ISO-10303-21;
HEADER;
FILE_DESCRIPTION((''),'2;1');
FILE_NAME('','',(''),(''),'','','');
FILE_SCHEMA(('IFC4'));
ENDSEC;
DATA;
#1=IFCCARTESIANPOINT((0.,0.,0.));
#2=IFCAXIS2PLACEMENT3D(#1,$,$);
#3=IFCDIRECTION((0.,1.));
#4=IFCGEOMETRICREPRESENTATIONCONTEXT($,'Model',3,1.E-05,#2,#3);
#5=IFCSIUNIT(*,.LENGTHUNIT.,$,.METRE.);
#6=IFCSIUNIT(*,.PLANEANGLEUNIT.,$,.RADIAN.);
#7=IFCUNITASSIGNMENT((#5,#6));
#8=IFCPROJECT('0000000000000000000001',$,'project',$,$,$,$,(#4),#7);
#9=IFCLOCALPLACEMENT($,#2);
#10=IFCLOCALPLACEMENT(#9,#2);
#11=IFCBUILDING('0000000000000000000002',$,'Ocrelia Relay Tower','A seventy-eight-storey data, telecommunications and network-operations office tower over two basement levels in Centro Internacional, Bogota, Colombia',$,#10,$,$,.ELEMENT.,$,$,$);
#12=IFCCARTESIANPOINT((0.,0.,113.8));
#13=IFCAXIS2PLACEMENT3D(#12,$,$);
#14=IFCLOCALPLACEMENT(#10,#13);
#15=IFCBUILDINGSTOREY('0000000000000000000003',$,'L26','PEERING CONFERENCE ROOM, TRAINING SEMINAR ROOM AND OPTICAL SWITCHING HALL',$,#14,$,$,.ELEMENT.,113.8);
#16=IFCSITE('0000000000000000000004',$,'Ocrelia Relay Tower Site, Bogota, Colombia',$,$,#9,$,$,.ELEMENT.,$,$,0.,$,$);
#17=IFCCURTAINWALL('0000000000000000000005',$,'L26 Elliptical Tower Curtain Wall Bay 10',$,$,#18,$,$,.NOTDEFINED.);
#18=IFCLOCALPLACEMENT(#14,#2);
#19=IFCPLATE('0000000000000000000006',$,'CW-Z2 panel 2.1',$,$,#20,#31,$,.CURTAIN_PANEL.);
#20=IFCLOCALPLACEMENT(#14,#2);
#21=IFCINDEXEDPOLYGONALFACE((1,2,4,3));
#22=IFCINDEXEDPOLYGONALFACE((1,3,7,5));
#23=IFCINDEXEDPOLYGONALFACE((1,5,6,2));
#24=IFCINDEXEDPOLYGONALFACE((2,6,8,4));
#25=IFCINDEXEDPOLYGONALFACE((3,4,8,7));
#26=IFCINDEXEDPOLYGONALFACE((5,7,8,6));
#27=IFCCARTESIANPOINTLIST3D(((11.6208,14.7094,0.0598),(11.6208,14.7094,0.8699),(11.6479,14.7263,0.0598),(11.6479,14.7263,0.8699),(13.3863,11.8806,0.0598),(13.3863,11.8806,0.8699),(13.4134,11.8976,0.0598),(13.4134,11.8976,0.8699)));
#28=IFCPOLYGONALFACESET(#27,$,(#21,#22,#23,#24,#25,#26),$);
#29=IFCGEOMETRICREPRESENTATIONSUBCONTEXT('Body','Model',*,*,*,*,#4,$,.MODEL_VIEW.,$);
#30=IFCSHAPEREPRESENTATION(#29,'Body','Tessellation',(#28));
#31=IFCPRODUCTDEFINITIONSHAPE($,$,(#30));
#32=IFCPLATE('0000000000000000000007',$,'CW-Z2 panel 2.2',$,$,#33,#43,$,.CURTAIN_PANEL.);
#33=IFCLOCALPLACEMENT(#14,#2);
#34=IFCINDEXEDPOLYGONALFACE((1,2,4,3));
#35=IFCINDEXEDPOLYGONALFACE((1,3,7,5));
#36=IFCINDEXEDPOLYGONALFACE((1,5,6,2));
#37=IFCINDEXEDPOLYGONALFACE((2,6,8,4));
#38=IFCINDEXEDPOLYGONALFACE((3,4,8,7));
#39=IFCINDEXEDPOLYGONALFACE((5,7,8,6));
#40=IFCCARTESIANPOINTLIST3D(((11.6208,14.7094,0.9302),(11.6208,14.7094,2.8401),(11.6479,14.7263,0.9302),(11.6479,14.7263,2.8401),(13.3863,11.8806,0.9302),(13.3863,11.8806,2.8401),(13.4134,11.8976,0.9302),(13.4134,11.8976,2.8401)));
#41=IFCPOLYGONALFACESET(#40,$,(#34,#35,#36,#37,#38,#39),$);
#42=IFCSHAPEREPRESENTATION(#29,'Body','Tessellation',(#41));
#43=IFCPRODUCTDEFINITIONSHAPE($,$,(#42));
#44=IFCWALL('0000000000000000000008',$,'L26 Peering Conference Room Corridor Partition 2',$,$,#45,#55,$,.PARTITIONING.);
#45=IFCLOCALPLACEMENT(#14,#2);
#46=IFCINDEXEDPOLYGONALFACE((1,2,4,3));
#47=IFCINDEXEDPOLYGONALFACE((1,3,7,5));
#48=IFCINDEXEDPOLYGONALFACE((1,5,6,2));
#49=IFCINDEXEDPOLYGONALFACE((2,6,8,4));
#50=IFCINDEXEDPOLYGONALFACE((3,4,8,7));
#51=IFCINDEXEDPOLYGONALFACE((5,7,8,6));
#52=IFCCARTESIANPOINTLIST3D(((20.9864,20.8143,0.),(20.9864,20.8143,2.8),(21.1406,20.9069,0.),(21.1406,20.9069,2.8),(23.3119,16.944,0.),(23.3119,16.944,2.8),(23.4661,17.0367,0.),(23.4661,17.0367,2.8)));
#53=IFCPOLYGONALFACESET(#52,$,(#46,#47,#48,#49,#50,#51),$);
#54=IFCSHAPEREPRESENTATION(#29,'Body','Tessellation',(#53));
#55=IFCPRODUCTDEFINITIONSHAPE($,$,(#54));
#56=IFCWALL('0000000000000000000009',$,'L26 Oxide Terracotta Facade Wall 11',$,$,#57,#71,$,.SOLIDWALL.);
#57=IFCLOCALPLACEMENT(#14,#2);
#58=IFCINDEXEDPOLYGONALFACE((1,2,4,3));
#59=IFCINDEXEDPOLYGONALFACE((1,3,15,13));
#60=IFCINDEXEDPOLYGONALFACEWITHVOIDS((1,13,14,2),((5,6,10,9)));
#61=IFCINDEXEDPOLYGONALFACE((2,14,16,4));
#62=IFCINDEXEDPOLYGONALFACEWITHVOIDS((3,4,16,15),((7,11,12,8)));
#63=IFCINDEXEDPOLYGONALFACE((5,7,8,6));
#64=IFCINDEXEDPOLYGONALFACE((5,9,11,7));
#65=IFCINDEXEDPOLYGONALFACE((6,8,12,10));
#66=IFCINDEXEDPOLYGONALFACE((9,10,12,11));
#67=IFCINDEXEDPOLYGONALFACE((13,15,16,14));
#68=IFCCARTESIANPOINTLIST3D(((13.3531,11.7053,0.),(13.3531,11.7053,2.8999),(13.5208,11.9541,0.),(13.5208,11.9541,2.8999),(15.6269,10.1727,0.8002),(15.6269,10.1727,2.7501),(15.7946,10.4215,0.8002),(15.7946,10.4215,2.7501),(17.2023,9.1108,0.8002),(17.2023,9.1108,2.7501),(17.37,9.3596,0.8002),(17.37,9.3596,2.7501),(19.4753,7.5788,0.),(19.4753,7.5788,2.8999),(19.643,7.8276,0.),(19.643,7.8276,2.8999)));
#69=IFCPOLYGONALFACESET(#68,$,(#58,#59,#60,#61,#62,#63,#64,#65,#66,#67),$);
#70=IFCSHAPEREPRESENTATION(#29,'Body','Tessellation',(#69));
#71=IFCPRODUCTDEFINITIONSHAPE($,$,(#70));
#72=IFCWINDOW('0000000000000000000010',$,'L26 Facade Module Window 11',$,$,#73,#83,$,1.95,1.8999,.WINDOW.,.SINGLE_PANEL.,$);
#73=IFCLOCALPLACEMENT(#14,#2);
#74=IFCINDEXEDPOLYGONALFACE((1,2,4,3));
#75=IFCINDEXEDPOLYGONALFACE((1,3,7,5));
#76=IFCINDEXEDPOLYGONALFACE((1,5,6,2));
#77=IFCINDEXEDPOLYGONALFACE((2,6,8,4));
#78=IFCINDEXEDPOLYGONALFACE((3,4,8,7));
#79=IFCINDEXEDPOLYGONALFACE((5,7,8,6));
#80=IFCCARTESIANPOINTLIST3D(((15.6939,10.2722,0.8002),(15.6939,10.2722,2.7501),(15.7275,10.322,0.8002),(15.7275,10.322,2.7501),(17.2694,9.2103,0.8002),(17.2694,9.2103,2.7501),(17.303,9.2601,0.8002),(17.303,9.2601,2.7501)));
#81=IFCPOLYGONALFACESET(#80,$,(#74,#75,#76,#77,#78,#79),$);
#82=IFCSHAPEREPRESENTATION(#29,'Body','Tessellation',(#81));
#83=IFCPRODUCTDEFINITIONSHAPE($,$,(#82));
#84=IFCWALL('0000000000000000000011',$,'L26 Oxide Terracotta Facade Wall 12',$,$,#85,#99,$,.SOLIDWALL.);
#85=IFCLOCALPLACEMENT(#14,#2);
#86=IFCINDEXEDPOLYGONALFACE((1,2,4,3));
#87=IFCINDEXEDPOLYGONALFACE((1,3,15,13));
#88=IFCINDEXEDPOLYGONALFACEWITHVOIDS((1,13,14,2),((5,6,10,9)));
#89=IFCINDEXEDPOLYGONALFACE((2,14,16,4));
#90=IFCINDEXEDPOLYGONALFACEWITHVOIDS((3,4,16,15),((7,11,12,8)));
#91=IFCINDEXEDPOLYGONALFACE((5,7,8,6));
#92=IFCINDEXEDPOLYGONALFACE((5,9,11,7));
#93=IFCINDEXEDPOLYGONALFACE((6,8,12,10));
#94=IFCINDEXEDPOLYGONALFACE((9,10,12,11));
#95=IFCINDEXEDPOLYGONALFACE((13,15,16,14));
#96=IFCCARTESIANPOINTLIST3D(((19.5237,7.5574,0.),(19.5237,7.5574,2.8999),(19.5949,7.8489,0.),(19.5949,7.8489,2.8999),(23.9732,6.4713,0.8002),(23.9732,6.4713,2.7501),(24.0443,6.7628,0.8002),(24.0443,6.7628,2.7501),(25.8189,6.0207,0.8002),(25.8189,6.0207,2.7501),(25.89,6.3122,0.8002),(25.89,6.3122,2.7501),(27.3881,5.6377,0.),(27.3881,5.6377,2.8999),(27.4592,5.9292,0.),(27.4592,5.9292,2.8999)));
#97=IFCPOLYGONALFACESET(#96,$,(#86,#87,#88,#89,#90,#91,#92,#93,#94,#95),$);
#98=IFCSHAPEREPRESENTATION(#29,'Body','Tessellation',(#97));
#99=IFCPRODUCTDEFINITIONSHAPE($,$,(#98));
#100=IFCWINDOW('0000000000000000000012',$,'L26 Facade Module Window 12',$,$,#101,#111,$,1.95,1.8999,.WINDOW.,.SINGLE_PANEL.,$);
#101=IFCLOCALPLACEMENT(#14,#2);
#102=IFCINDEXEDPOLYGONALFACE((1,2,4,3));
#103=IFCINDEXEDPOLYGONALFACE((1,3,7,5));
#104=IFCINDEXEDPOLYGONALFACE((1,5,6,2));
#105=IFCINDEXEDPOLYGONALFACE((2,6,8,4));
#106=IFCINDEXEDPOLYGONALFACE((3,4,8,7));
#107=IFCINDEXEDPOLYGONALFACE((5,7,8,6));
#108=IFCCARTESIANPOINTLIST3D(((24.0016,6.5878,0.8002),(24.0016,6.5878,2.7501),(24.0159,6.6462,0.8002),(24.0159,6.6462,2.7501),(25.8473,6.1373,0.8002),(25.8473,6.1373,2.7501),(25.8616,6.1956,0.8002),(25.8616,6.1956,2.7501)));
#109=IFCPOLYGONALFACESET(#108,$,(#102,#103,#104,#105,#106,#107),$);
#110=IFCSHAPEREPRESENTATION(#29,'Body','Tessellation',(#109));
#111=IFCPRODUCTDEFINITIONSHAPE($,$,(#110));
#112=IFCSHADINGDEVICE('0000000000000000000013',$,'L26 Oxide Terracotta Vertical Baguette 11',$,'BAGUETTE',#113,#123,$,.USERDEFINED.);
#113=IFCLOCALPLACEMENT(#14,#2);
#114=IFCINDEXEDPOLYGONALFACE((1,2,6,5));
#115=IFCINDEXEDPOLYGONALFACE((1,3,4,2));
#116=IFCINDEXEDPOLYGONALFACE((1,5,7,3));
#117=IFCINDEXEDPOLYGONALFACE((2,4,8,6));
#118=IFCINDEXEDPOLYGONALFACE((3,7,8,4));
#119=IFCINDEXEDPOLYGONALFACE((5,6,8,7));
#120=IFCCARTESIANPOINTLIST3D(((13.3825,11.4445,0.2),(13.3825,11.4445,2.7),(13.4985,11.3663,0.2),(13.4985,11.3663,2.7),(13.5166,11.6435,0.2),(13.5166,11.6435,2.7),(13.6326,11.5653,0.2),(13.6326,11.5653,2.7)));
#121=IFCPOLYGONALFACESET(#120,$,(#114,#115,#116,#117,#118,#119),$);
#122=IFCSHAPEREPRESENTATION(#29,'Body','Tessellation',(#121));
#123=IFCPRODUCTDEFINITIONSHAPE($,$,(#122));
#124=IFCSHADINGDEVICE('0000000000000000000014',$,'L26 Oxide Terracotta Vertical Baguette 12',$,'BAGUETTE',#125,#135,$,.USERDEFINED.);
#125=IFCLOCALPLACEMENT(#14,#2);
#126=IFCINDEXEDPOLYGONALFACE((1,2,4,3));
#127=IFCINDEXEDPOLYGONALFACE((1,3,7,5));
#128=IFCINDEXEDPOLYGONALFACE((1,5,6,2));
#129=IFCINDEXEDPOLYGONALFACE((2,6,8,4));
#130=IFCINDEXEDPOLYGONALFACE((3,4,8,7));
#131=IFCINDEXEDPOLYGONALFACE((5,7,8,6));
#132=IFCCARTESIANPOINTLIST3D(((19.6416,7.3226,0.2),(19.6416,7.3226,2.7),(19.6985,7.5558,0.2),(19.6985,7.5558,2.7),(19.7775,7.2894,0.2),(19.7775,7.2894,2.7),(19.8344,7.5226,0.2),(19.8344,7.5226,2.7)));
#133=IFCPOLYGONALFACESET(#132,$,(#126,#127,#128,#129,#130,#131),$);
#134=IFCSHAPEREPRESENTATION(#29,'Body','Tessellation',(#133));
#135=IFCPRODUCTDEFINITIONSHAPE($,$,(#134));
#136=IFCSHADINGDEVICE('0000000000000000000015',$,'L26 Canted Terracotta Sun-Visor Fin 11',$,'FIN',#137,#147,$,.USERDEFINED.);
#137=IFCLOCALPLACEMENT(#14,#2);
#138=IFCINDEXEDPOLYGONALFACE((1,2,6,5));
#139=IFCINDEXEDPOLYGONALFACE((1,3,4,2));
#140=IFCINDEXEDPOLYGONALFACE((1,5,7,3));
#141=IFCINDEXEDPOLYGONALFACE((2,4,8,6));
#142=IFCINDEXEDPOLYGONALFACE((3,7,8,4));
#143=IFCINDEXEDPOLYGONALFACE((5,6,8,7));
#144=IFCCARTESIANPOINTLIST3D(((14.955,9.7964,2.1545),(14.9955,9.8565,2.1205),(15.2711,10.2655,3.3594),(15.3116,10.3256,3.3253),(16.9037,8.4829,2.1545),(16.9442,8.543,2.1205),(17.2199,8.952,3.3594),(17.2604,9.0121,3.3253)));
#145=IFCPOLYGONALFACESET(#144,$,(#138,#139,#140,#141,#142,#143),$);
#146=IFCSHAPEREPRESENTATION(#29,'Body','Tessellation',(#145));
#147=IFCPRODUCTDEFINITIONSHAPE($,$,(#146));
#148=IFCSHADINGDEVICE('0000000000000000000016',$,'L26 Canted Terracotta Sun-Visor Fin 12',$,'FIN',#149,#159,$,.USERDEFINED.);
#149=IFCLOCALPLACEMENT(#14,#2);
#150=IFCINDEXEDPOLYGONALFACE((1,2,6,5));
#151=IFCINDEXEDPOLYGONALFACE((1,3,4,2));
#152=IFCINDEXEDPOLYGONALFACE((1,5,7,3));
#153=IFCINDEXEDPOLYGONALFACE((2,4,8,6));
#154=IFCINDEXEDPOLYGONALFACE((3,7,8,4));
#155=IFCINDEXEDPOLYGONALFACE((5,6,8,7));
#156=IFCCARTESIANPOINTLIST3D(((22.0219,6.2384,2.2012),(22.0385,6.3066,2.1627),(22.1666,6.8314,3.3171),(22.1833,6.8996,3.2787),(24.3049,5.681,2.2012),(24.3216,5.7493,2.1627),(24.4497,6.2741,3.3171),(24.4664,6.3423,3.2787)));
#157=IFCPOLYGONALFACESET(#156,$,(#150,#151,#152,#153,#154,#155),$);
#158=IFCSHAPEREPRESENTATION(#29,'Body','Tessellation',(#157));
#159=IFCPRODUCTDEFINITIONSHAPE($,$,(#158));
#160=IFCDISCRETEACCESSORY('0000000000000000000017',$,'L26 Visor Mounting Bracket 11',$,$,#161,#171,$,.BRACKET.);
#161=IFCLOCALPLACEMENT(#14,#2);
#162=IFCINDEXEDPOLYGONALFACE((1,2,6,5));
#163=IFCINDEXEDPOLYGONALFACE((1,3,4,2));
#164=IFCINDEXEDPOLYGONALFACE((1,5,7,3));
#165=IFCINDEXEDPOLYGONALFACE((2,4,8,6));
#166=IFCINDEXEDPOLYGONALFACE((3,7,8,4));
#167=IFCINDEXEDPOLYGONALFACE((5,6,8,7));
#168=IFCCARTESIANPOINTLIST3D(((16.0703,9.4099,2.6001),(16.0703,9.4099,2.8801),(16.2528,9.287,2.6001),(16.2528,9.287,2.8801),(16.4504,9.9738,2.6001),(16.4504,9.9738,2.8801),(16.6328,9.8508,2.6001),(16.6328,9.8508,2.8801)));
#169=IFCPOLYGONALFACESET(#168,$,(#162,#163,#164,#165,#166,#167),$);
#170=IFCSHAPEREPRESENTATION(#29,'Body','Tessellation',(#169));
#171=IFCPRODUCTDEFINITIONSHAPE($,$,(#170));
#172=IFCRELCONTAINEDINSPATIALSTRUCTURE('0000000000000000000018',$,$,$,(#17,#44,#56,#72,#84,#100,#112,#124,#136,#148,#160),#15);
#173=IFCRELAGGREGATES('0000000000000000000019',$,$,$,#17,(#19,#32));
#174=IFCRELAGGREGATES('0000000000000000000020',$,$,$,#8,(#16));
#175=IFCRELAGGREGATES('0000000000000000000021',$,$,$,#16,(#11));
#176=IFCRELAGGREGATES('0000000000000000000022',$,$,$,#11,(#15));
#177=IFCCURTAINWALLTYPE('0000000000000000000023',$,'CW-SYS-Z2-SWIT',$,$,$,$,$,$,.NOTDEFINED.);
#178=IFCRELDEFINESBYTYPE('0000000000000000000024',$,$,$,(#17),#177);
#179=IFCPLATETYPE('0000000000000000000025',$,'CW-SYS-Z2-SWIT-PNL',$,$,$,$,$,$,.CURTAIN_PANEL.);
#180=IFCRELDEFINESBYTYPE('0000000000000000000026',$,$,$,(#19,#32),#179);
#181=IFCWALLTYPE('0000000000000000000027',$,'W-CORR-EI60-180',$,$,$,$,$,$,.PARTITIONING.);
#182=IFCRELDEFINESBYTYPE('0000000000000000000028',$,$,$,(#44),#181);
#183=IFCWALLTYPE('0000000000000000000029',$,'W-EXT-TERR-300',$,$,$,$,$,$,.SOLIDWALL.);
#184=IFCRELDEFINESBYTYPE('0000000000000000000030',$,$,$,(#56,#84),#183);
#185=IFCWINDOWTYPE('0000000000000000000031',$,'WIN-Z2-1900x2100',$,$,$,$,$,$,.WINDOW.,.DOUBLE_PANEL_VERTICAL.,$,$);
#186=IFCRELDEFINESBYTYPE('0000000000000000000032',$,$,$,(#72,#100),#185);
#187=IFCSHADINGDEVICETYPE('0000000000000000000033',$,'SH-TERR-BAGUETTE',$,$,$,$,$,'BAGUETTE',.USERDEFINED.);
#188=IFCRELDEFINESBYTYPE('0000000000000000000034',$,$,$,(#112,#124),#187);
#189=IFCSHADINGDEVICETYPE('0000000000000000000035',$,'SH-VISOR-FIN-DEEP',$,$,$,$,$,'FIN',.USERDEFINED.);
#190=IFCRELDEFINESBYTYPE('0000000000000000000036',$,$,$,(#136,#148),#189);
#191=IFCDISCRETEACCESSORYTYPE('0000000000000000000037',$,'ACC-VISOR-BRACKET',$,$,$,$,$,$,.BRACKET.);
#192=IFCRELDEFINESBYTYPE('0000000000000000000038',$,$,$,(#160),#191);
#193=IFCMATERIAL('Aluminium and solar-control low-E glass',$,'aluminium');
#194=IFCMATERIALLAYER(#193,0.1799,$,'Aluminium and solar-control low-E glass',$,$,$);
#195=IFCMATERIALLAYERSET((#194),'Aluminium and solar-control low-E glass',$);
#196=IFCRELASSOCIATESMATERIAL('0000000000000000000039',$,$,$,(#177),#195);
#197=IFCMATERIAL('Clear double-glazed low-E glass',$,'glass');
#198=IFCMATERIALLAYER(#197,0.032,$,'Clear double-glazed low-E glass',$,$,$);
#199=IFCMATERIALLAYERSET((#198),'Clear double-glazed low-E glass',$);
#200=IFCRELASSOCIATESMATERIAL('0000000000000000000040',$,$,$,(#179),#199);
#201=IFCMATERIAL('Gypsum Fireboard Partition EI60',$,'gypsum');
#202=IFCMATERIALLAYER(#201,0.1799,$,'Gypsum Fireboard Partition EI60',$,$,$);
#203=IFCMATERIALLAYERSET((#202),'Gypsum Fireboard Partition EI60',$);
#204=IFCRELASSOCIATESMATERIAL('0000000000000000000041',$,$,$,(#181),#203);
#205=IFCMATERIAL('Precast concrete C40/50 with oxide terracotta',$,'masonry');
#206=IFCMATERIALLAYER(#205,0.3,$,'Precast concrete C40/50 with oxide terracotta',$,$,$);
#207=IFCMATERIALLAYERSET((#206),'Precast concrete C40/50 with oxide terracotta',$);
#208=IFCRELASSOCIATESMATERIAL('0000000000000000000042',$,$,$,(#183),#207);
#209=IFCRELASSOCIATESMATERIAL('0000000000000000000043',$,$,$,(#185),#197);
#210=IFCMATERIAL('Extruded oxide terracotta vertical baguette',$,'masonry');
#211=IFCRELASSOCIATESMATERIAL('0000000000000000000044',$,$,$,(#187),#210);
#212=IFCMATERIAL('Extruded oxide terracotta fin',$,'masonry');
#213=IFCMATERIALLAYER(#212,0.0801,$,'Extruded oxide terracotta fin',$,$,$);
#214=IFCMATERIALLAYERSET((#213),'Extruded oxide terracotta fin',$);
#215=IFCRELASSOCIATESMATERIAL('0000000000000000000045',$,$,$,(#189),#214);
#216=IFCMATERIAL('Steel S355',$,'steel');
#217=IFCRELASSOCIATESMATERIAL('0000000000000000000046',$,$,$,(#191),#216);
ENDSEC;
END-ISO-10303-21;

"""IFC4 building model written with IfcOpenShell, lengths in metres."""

from ifc_helpers import new_model, si_unit, direction, frame, frame_2d, origin, origin_2d, place, context, subcontext, project, spatial, rectangle, extrude, material, layer, layer_set, type_object, element, fill, aggregate, save


model = new_model("IFC4")

# Units and contexts
model_context = context("Model", 3, precision=1e-05, world=origin(), true_north=direction((0.0, 1.0)))
body_context = subcontext(model_context, "Body", "Model", "MODEL_VIEW")
ifc_project = project(units=[si_unit("LENGTHUNIT", "METRE"), si_unit("PLANEANGLEUNIT", "RADIAN")], contexts=[model_context])

# Site, building, storey
site_placement = place(None, origin())
site = spatial("IfcSite", under=ifc_project, at=site_placement, Name="Ocrelia Relay Tower Site, Bogota, Colombia", CompositionType="ELEMENT", RefElevation=0.0)
building_placement = place(site_placement, origin())
building = spatial("IfcBuilding", under=site, at=building_placement, Name="Ocrelia Relay Tower", Description="A seventy-eight-storey data, telecommunications and network-operations office tower over two basement levels in Centro Internacional, Bogota, Colombia", CompositionType="ELEMENT")
storey_placement = place(building_placement, frame((0.0, 0.0, 113.8)))
storey = spatial("IfcBuildingStorey", under=building, at=storey_placement, Name="L26", Description="PEERING CONFERENCE ROOM, TRAINING SEMINAR ROOM AND OPTICAL SWITCHING HALL", CompositionType="ELEMENT", Elevation=113.8)

# Shared definitions
ifc_material_1 = material(Name="Steel S355", Category="steel")

# Curtain wall, plates
ifc_material_2 = material(Name="Aluminium and solar-control low-E glass", Category="aluminium")
ifc_layer_1 = layer(ifc_material_2, 0.1799, Name="Aluminium and solar-control low-E glass")
ifc_layer_set_1 = layer_set([ifc_layer_1], Name="Aluminium and solar-control low-E glass")
curtain_wall_type = type_object("IfcCurtainWallType", Name="CW-SYS-Z2-SWIT", PredefinedType="NOTDEFINED", material=ifc_layer_set_1)
curtain_wall_placement = place(storey_placement, origin())
curtain_wall = element("IfcCurtainWall", 1, at=curtain_wall_placement, inside=storey, type_object=curtain_wall_type, Name="L26 Elliptical Tower Curtain Wall Bay 10", PredefinedType="NOTDEFINED")
ifc_material_3 = material(Name="Clear double-glazed low-E glass", Category="glass")
ifc_layer_2 = layer(ifc_material_3, 0.032, Name="Clear double-glazed low-E glass")
ifc_layer_set_2 = layer_set([ifc_layer_2], Name="Clear double-glazed low-E glass")
plate_type = type_object("IfcPlateType", Name="CW-SYS-Z2-SWIT-PNL", PredefinedType="CURTAIN_PANEL", material=ifc_layer_set_2)
plate_1_placement = place(storey_placement, frame((12.5171, 13.3035, 0.0598), z_axis=(0.0, 0.0, 1.0), x_axis=(0.529468, -0.84833, 0.0)))
plate_1 = element("IfcPlate", 2, at=plate_1_placement, type_object=plate_type, Name="CW-Z2 panel 2.1", PredefinedType="CURTAIN_PANEL", context=body_context, shape_type="SweptSolid", body=[
    extrude(rectangle(XDim=3.3345, YDim=0.032, at=origin_2d()), origin(), (0.0, 0.0, 1.0), 0.8101),
])
plate_2_placement = place(storey_placement, frame((12.5171, 13.3035, 0.9302), z_axis=(0.0, 0.0, 1.0), x_axis=(0.529468, -0.84833, 0.0)))
plate_2 = element("IfcPlate", 3, at=plate_2_placement, type_object=plate_type, Name="CW-Z2 panel 2.2", PredefinedType="CURTAIN_PANEL", context=body_context, shape_type="SweptSolid", body=[
    extrude(rectangle(XDim=3.3345, YDim=0.032, at=origin_2d()), origin(), (0.0, 0.0, 1.0), 1.9099),
])
aggregate(curtain_wall, [plate_1, plate_2])

# Wall
ifc_material_4 = material(Name="Gypsum Fireboard Partition EI60", Category="gypsum")
ifc_layer_3 = layer(ifc_material_4, 0.1799, Name="Gypsum Fireboard Partition EI60")
ifc_layer_set_3 = layer_set([ifc_layer_3], Name="Gypsum Fireboard Partition EI60")
wall_type_1 = type_object("IfcWallType", Name="W-CORR-EI60-180", PredefinedType="PARTITIONING", material=ifc_layer_set_3)
wall_1_placement = place(storey_placement, frame((21.0635, 20.8606, 0.0), z_axis=(0.0, 0.0, 1.0), x_axis=(0.515044, -0.857164, 0.0)))
element("IfcWall", 4, at=wall_1_placement, inside=storey, type_object=wall_type_1, Name="L26 Peering Conference Room Corridor Partition 2", PredefinedType="PARTITIONING", context=body_context, shape_type="SweptSolid", body=[
    extrude(rectangle(XDim=4.5151, YDim=0.1799, at=frame_2d((2.2576, 0.0))), origin(), (0.0, 0.0, 1.0), 2.8),
])

# Walls, openings, windows
ifc_material_5 = material(Name="Precast concrete C40/50 with oxide terracotta", Category="masonry")
ifc_layer_4 = layer(ifc_material_5, 0.3, Name="Precast concrete C40/50 with oxide terracotta")
ifc_layer_set_4 = layer_set([ifc_layer_4], Name="Precast concrete C40/50 with oxide terracotta")
wall_type_2 = type_object("IfcWallType", Name="W-EXT-TERR-300", PredefinedType="SOLIDWALL", material=ifc_layer_set_4)
wall_2_placement = place(storey_placement, frame((13.437, 11.8296, 0.0), z_axis=(0.0, 0.0, 1.0), x_axis=(0.829231, -0.558905, 0.0)))
wall_2 = element("IfcWall", 5, at=wall_2_placement, inside=storey, type_object=wall_type_2, Name="L26 Oxide Terracotta Facade Wall 11", PredefinedType="SOLIDWALL", context=body_context, shape_type="SweptSolid", body=[
    extrude(rectangle(XDim=7.3831, YDim=0.3, at=frame_2d((3.6914, 0.0))), origin(), (0.0, 0.0, 1.0), 2.8999),
])
opening_1_placement = place(wall_2_placement, frame((2.7419, 0.0, 0.8)))
opening_1 = element("IfcOpeningElement", 6, at=opening_1_placement, cuts=wall_2, PredefinedType="OPENING", context=body_context, shape_type="SweptSolid", body=[
    extrude(rectangle(XDim=1.8999, YDim=1.95, at=frame_2d((0.95, 0.9751))), frame((0.0, 0.1602, 0.0), z_axis=(0.0, -1.0, 0.0), x_axis=(1.0, 0.0, 0.0)), (0.0, 0.0, 1.0), 0.3201),
])
window_type = type_object("IfcWindowType", Name="WIN-Z2-1900x2100", PartitioningType="DOUBLE_PANEL_VERTICAL", PredefinedType="WINDOW", material=ifc_material_3)
window_1_placement = place(opening_1_placement, origin())
window_1 = element("IfcWindow", 7, at=window_1_placement, inside=storey, type_object=window_type, Name="L26 Facade Module Window 11", OverallHeight=1.95, OverallWidth=1.8999, PartitioningType="SINGLE_PANEL", PredefinedType="WINDOW", context=body_context, shape_type="SweptSolid", body=[
    extrude(rectangle(XDim=1.8999, YDim=1.95, at=frame_2d((0.95, 0.9751))), frame((0.0, 0.03, 0.0), z_axis=(0.0, -1.0, 0.0), x_axis=(1.0, 0.0, 0.0)), (0.0, 0.0, 1.0), 0.0601),
])
fill(opening_1, window_1)
wall_3_placement = place(storey_placement, frame((19.5593, 7.7031, 0.0), z_axis=(0.0, 0.0, 1.0), x_axis=(0.971476, -0.237139, 0.0)))
wall_3 = element("IfcWall", 8, at=wall_3_placement, inside=storey, type_object=wall_type_2, Name="L26 Oxide Terracotta Facade Wall 12", PredefinedType="SOLIDWALL", context=body_context, shape_type="SweptSolid", body=[
    extrude(rectangle(XDim=8.0952, YDim=0.3, at=frame_2d((4.0476, 0.0))), origin(), (0.0, 0.0, 1.0), 2.8999),
])
opening_2_placement = place(wall_3_placement, frame((4.5801, 0.0, 0.8)))
opening_2 = element("IfcOpeningElement", 9, at=opening_2_placement, cuts=wall_3, PredefinedType="OPENING", context=body_context, shape_type="SweptSolid", body=[
    extrude(rectangle(XDim=1.8999, YDim=1.95, at=frame_2d((0.95, 0.9751))), frame((0.0, 0.1602, 0.0), z_axis=(0.0, -1.0, 0.0), x_axis=(1.0, 0.0, 0.0)), (0.0, 0.0, 1.0), 0.3201),
])
window_2_placement = place(opening_2_placement, origin())
window_2 = element("IfcWindow", 10, at=window_2_placement, inside=storey, type_object=window_type, Name="L26 Facade Module Window 12", OverallHeight=1.95, OverallWidth=1.8999, PartitioningType="SINGLE_PANEL", PredefinedType="WINDOW", context=body_context, shape_type="SweptSolid", body=[
    extrude(rectangle(XDim=1.8999, YDim=1.95, at=frame_2d((0.95, 0.9751))), frame((0.0, 0.03, 0.0), z_axis=(0.0, -1.0, 0.0), x_axis=(1.0, 0.0, 0.0)), (0.0, 0.0, 1.0), 0.0601),
])
fill(opening_2, window_2)

# Shading devices
ifc_material_6 = material(Name="Extruded oxide terracotta vertical baguette", Category="masonry")
shading_device_type_1 = type_object("IfcShadingDeviceType", Name="SH-TERR-BAGUETTE", ElementType="BAGUETTE", PredefinedType="USERDEFINED", material=ifc_material_6)
for number, where, z_axis, x_axis, name in (
    (11, (13.5076, 11.5049, 0.2), (0.0, 0.0, 1.0), (0.829227, -0.558913, 0.0), "L26 Oxide Terracotta Vertical Baguette 11"),
    (12, (19.738, 7.4226, 0.2), (0.0, 0.0, 1.0), (0.971475, -0.237143, 0.0), "L26 Oxide Terracotta Vertical Baguette 12"),
):
    element("IfcShadingDevice", number, at=place(storey_placement, frame(where, z_axis=z_axis, x_axis=x_axis)), inside=storey, type_object=shading_device_type_1, Name=name, ObjectType="BAGUETTE", PredefinedType="USERDEFINED", context=body_context, shape_type="SweptSolid", body=[
        extrude(rectangle(XDim=0.1399, YDim=0.24, at=origin_2d()), origin(), (0.0, 0.0, 1.0), 2.5),
    ])
ifc_material_7 = material(Name="Extruded oxide terracotta fin", Category="masonry")
ifc_layer_5 = layer(ifc_material_7, 0.0801, Name="Extruded oxide terracotta fin")
ifc_layer_set_5 = layer_set([ifc_layer_5], Name="Extruded oxide terracotta fin")
shading_device_type_2 = type_object("IfcShadingDeviceType", Name="SH-VISOR-FIN-DEEP", ElementType="FIN", PredefinedType="USERDEFINED", material=ifc_layer_set_5)
shading_device_1_placement = place(storey_placement, frame((16.1279, 9.4343, 2.7229), z_axis=(-0.505927, -0.750614, 0.42499), x_axis=(0.829227, -0.558913, 0.0)))
element("IfcShadingDevice", 13, at=shading_device_1_placement, inside=storey, type_object=shading_device_type_2, Name="L26 Canted Terracotta Sun-Visor Fin 11", ObjectType="FIN", PredefinedType="USERDEFINED", context=body_context, shape_type="SweptSolid", body=[
    extrude(rectangle(XDim=2.3501, YDim=1.3311, at=origin_2d()), origin(), (0.0, 0.0, 1.0), 0.0801),
])
shading_device_2_placement = place(storey_placement, frame((23.2524, 6.3245, 2.7207), z_axis=(-0.208049, -0.852288, 0.479917), x_axis=(0.971475, -0.237143, 0.0)))
element("IfcShadingDevice", 14, at=shading_device_2_placement, inside=storey, type_object=shading_device_type_2, Name="L26 Canted Terracotta Sun-Visor Fin 12", ObjectType="FIN", PredefinedType="USERDEFINED", context=body_context, shape_type="SweptSolid", body=[
    extrude(rectangle(XDim=2.3501, YDim=1.272, at=origin_2d()), origin(), (0.0, 0.0, 1.0), 0.0801),
])

# Discrete accessory
discrete_accessory_type = type_object("IfcDiscreteAccessoryType", Name="ACC-VISOR-BRACKET", PredefinedType="BRACKET", material=ifc_material_1)
discrete_accessory_placement = place(storey_placement, frame((16.3516, 9.6304, 2.6001), z_axis=(0.0, 0.0, 1.0), x_axis=(0.829227, -0.558913, 0.0)))
element("IfcDiscreteAccessory", 15, at=discrete_accessory_placement, inside=storey, type_object=discrete_accessory_type, Name="L26 Visor Mounting Bracket 11", PredefinedType="BRACKET", context=body_context, shape_type="SweptSolid", body=[
    extrude(rectangle(XDim=0.22, YDim=0.6799, at=origin_2d()), origin(), (0.0, 0.0, 1.0), 0.28),
])

save(model, "model.ifc")
